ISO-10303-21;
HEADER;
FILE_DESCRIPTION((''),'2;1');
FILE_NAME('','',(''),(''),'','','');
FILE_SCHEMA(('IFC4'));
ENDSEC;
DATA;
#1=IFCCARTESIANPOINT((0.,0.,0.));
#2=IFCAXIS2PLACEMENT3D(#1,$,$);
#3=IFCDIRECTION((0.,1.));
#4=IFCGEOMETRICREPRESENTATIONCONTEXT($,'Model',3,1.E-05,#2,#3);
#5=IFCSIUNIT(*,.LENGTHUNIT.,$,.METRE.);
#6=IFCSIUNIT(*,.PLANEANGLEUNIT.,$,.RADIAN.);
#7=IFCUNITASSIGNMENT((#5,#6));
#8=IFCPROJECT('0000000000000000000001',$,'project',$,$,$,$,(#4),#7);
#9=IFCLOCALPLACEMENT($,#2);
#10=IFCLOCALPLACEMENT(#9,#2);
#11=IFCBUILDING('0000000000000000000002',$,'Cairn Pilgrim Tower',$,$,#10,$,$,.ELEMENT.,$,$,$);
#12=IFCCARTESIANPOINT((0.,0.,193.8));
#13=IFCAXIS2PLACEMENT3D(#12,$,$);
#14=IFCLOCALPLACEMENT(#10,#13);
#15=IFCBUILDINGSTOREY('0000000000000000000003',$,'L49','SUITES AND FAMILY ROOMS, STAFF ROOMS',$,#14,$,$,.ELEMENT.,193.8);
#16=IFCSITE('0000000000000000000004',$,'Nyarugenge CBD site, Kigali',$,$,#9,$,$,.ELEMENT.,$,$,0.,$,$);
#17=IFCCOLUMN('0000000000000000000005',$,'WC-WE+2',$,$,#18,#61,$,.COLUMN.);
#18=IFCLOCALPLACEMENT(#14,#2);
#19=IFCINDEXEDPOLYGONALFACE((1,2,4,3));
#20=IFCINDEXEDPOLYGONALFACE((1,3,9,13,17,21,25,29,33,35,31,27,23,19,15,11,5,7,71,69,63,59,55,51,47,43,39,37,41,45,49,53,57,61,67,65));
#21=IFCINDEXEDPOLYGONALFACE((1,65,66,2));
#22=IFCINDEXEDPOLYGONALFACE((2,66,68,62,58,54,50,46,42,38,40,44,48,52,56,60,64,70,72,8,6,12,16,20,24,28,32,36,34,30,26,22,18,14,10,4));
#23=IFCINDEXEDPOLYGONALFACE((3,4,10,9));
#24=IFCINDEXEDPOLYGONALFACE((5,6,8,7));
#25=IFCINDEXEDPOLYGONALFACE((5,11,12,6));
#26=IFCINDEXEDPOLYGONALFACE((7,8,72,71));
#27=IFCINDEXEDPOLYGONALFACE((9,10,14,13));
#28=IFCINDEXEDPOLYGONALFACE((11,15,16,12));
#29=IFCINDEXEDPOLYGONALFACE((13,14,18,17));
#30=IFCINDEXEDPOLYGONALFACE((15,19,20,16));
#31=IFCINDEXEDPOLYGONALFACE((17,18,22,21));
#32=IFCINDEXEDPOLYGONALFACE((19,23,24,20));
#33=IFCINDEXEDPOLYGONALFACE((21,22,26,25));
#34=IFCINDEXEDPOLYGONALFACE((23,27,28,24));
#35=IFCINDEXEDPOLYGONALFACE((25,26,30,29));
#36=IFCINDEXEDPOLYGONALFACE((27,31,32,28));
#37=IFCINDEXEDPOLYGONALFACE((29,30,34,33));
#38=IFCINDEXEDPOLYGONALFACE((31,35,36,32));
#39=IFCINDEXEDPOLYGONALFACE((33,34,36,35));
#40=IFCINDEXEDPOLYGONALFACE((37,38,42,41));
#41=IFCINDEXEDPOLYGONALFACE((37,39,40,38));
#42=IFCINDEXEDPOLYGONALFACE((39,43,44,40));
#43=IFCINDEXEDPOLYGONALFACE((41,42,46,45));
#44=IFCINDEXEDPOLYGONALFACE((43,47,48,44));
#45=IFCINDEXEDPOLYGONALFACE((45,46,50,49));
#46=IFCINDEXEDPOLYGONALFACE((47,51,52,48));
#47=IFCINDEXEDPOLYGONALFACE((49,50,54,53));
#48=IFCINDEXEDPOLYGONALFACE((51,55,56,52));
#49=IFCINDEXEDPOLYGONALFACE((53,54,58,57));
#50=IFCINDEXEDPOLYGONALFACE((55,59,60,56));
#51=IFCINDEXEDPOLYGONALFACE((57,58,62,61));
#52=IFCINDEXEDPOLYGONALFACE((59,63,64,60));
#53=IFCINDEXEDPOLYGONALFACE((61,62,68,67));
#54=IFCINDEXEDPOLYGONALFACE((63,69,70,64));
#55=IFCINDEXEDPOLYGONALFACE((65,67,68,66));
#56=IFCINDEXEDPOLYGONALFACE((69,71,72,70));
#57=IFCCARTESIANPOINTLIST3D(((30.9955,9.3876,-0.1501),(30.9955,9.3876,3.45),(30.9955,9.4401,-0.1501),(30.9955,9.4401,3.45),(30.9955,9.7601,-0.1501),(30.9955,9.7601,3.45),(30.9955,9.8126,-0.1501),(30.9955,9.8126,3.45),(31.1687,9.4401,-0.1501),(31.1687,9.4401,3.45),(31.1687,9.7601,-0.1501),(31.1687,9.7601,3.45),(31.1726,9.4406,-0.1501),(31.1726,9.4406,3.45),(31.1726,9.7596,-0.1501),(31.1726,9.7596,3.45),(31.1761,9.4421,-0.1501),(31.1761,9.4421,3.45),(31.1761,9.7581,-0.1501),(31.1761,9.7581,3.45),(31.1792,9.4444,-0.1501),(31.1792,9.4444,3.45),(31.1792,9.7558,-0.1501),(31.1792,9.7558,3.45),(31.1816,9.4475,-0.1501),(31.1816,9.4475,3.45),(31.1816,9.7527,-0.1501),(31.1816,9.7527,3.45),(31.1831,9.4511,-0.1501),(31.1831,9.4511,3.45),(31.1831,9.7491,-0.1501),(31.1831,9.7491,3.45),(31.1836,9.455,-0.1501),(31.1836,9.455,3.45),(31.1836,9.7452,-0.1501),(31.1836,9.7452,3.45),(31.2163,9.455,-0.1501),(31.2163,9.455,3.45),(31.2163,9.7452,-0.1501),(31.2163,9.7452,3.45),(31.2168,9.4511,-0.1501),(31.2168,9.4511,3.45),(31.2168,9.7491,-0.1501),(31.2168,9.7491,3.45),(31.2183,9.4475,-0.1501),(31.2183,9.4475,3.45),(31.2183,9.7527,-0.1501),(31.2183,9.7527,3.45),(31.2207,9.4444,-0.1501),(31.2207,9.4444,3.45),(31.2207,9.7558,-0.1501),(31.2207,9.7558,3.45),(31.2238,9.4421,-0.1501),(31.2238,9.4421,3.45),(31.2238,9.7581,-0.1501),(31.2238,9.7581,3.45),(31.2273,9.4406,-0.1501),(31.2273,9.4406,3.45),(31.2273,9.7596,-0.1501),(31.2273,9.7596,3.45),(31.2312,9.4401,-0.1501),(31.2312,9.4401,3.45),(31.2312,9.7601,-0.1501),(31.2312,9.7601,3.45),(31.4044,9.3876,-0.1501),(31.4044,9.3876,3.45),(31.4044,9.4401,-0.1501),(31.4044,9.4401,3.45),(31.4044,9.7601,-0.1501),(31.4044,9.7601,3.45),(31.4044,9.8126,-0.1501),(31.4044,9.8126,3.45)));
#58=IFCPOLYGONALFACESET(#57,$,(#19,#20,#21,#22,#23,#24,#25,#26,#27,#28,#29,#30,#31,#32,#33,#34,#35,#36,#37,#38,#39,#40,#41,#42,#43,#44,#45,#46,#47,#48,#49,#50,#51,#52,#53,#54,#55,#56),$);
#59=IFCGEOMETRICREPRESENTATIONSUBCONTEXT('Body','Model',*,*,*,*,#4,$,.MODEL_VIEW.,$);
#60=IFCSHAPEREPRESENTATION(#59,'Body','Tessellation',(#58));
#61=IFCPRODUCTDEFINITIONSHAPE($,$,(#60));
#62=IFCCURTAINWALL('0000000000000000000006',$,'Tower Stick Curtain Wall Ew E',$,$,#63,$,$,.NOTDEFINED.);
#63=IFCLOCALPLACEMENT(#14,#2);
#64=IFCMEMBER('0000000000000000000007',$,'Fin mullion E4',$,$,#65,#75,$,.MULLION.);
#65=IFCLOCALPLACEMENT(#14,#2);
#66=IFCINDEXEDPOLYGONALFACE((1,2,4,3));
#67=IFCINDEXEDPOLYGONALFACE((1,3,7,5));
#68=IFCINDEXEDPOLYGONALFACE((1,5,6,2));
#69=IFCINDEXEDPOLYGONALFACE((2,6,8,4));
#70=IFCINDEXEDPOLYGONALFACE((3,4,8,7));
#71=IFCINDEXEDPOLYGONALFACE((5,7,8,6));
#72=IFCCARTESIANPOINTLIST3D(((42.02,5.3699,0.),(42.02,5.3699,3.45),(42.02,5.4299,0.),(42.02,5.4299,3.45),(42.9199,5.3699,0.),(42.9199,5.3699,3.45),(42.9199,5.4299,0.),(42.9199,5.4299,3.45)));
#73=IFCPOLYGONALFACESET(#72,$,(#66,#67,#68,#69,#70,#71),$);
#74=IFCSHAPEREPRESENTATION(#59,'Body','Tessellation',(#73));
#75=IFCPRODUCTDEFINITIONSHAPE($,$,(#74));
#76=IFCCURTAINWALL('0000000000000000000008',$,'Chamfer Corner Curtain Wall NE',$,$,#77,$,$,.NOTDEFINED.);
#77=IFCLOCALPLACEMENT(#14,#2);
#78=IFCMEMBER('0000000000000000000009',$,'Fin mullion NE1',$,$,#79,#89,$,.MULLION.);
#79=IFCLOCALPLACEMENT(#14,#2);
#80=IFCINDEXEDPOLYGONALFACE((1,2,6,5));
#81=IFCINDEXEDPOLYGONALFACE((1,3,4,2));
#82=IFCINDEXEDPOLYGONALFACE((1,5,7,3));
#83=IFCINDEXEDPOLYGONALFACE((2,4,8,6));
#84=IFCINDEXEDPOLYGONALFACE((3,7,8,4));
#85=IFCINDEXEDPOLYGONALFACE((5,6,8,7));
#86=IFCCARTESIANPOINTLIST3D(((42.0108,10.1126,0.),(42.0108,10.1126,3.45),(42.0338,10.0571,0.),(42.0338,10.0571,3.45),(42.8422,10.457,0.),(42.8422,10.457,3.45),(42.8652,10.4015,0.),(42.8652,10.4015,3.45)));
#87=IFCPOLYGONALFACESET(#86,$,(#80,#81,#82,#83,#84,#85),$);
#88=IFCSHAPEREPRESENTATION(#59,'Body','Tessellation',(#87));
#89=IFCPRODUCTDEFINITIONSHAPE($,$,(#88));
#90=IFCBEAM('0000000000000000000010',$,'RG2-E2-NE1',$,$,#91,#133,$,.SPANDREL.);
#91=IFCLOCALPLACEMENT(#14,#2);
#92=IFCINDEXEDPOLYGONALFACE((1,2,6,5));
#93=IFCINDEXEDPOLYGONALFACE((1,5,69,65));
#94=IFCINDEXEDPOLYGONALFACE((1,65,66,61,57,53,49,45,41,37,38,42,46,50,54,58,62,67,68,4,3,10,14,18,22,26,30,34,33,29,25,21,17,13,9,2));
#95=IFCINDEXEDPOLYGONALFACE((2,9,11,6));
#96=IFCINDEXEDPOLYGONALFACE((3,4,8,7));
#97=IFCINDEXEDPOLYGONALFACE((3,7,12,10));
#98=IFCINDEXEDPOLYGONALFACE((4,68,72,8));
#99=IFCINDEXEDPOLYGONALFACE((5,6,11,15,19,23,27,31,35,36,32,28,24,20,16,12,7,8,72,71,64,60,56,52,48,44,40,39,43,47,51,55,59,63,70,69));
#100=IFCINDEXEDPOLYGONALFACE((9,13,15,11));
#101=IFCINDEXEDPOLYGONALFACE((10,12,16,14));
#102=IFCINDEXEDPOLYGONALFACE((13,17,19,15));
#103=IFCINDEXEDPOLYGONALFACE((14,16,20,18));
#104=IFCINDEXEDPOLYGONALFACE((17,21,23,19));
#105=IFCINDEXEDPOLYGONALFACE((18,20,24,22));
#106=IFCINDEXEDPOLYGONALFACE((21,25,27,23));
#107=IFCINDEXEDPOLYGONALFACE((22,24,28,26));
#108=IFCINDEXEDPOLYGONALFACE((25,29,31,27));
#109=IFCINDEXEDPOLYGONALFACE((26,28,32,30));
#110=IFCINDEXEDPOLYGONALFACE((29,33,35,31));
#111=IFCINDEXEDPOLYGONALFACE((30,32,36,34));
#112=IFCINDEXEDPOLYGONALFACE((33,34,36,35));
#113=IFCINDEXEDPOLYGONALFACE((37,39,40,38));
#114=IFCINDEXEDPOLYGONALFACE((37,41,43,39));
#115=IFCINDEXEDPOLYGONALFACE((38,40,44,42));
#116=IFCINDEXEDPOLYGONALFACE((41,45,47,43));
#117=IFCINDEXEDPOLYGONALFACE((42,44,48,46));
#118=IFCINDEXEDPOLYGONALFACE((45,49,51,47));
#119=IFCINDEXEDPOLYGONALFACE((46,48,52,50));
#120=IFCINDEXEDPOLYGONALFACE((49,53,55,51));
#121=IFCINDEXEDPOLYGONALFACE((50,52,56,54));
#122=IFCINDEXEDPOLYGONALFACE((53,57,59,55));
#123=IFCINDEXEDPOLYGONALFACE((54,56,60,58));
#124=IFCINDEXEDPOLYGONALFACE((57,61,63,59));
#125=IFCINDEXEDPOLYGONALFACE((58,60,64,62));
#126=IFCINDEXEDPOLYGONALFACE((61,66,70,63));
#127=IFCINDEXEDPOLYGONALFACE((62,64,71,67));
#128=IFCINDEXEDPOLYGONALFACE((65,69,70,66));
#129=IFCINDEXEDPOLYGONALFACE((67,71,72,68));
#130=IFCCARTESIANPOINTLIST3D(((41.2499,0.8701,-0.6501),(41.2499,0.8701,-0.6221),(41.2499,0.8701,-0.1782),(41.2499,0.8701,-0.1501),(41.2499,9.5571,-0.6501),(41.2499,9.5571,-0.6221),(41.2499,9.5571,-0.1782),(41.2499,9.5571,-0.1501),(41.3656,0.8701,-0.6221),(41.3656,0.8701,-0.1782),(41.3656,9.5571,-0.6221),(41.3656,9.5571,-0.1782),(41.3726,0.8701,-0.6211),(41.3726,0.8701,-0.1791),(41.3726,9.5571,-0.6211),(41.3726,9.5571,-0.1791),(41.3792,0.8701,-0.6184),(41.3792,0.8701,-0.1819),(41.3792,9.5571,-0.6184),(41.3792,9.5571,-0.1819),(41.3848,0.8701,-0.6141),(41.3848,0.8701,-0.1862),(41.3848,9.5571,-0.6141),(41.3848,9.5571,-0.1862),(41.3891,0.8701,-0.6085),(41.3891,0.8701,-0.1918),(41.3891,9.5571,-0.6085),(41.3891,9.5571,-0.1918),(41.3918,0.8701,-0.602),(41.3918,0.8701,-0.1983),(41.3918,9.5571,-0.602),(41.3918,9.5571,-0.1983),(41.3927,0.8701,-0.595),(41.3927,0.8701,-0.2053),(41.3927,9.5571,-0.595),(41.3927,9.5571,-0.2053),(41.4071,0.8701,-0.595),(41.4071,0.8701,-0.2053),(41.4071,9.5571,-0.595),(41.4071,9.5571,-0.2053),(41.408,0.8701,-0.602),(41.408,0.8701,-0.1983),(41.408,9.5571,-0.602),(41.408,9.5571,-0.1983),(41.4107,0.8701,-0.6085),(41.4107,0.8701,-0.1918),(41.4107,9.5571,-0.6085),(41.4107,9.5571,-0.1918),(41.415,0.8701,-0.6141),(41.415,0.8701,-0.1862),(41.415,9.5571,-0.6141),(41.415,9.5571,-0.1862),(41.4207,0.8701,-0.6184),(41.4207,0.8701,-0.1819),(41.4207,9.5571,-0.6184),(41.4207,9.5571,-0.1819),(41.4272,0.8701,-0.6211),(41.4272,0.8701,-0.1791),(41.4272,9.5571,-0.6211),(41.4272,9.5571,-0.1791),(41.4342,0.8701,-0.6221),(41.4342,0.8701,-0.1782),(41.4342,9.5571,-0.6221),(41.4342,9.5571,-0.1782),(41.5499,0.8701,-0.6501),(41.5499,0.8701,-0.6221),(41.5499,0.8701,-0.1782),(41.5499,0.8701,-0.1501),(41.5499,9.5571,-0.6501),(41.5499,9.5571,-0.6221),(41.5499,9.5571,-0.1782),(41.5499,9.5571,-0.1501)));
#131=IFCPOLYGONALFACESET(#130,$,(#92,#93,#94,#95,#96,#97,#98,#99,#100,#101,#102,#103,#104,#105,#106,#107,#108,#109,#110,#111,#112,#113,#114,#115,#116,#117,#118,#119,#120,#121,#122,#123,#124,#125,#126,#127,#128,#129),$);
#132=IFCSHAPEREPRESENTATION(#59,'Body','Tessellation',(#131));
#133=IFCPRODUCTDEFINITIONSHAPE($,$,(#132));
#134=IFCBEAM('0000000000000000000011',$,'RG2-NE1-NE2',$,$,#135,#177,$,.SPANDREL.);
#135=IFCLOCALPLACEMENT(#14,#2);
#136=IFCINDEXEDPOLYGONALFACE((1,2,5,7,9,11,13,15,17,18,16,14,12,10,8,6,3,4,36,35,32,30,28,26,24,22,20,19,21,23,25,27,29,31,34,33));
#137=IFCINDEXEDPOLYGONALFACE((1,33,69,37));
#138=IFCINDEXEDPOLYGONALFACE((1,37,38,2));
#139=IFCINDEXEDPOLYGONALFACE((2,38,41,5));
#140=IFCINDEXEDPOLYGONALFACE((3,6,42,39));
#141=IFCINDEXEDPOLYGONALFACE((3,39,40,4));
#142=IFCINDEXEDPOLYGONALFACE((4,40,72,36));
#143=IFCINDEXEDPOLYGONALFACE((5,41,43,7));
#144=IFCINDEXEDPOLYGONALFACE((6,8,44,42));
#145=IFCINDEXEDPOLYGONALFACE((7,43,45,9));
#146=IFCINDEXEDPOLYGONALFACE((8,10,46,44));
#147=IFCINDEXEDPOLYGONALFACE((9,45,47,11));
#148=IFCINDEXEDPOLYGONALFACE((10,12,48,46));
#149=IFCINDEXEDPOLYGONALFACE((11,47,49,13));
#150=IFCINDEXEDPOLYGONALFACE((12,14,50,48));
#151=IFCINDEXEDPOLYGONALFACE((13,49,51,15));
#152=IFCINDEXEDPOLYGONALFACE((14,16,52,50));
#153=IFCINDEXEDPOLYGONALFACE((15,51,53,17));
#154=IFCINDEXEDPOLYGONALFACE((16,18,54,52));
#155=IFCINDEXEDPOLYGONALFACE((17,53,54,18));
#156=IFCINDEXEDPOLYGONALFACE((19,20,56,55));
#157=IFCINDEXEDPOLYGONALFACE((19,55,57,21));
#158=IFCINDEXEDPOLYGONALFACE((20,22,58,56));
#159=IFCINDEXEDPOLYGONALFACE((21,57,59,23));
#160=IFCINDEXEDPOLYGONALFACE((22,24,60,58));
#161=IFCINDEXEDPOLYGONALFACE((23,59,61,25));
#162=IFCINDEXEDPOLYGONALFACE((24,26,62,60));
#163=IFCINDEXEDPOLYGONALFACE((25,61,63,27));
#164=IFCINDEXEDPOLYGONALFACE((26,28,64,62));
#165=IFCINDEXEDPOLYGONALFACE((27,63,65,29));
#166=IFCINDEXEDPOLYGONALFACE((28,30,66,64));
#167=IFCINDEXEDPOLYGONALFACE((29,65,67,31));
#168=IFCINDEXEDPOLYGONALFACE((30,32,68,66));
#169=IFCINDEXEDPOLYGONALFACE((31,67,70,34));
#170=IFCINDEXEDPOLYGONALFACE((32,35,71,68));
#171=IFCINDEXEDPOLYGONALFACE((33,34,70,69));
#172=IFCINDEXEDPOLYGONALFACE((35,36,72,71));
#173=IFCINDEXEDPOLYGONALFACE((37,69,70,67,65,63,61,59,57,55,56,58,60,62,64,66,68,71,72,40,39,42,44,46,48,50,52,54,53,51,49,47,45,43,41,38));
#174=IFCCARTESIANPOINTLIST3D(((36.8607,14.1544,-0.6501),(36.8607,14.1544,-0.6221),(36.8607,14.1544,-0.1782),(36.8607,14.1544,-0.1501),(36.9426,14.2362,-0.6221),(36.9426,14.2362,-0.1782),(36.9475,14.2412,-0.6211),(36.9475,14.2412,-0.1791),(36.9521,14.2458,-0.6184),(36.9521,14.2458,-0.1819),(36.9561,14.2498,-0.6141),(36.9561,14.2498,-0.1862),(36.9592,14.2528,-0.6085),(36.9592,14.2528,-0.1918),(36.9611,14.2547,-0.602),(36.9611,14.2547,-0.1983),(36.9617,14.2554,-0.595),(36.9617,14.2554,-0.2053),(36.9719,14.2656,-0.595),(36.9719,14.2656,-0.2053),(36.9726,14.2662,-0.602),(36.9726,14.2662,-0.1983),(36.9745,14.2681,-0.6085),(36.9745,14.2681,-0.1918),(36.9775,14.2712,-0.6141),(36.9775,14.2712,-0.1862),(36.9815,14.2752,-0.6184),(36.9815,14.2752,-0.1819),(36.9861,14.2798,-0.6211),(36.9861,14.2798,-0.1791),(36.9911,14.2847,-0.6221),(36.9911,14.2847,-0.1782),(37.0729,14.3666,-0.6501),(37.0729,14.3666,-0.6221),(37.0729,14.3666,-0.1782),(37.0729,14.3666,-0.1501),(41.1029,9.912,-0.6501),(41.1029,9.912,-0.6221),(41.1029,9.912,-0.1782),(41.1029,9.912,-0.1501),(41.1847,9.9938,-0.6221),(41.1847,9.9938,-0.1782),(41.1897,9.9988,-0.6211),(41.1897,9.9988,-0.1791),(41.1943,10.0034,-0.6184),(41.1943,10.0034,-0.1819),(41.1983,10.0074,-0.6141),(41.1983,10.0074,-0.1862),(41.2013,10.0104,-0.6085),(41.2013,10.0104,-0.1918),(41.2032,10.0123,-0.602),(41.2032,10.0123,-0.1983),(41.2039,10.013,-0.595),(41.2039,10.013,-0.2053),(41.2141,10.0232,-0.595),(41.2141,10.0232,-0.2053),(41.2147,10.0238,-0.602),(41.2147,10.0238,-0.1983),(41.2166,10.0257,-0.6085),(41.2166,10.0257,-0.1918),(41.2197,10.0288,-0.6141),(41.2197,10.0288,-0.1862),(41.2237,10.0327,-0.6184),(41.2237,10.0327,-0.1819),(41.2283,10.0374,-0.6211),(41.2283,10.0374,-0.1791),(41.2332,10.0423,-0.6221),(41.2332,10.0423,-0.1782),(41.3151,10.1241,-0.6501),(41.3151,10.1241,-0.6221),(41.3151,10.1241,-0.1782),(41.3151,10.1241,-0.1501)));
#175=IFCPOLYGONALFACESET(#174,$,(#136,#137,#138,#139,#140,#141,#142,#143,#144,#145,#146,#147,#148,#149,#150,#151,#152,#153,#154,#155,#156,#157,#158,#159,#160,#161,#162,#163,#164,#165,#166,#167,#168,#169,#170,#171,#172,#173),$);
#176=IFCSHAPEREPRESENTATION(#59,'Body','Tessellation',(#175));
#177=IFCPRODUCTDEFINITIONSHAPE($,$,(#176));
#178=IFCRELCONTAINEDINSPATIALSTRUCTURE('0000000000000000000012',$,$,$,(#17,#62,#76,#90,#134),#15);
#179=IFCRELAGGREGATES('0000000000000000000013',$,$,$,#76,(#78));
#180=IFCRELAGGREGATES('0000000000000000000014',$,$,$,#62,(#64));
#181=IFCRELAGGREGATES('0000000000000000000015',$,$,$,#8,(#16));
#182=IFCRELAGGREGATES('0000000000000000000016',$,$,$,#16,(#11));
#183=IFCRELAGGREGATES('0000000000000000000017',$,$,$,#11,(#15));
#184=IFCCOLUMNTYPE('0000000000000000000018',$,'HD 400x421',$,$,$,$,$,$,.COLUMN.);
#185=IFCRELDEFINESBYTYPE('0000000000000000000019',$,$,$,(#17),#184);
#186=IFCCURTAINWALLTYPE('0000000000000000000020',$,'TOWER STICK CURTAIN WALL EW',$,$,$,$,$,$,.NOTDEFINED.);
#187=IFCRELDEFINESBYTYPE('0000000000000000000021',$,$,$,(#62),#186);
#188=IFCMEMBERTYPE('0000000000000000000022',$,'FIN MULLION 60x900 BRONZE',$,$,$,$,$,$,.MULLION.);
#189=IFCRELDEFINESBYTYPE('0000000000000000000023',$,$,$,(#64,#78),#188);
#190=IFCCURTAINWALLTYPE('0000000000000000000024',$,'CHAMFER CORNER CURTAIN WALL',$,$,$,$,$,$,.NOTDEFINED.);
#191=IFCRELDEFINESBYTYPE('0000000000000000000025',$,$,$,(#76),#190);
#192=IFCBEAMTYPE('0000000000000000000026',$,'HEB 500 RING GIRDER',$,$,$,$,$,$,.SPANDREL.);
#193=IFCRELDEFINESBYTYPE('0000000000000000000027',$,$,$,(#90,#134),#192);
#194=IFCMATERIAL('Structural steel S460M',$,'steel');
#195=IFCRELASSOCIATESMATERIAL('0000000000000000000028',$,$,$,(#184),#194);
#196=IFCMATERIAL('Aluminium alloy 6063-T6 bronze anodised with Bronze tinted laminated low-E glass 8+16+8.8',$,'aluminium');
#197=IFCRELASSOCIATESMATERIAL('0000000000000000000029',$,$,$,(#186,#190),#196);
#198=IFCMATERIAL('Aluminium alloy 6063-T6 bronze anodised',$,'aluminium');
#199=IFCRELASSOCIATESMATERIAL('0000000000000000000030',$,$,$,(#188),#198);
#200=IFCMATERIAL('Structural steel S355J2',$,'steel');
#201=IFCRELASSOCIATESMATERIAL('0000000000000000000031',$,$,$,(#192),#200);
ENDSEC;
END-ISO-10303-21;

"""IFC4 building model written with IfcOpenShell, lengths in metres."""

from ifc_helpers import new_model, si_unit, direction, frame, origin, origin_2d, place, context, subcontext, project, spatial, rectangle, i_section, extrude, material, material_profile, profile_set, type_object, element, aggregate, save


model = new_model("IFC4")

# Units and contexts
model_context = context("Model", 3, precision=1e-05, world=origin(), true_north=direction((0.0, 1.0)))
body_context = subcontext(model_context, "Body", "Model", "MODEL_VIEW")
ifc_project = project(units=[si_unit("LENGTHUNIT", "METRE"), si_unit("PLANEANGLEUNIT", "RADIAN")], contexts=[model_context])

# Site, building, storey
site_placement = place(None, origin())
site = spatial("IfcSite", under=ifc_project, at=site_placement, Name="Nyarugenge CBD site, Kigali", CompositionType="ELEMENT", RefElevation=0.0)
building_placement = place(site_placement, origin())
building = spatial("IfcBuilding", under=site, at=building_placement, Name="Cairn Pilgrim Tower", CompositionType="ELEMENT")
storey_placement = place(building_placement, frame((0.0, 0.0, 193.8)))
storey = spatial("IfcBuildingStorey", under=building, at=storey_placement, Name="L49", Description="SUITES AND FAMILY ROOMS, STAFF ROOMS", CompositionType="ELEMENT", Elevation=193.8)

# Column
ifc_material_1 = material(Name="Structural steel S460M", Category="steel")
ifc_material_profile_1 = material_profile(ifc_material_1, i_section(OverallWidth=0.4089, OverallDepth=0.425, WebThickness=0.0327, FlangeThickness=0.0525, FilletRadius=0.0149, at=origin_2d()), Name="HD 400x421")
ifc_profile_set_1 = profile_set([ifc_material_profile_1], Name="Structural steel S460M")
column_type_1 = type_object("IfcColumnType", Name="HD 400x421", PredefinedType="COLUMN", material=ifc_profile_set_1)
column_1_placement = place(storey_placement, frame((31.2, 9.6001, -0.1501), z_axis=(0.0, 0.0, 1.0), x_axis=(1.0, 0.0, 0.0)))
element("IfcColumn", 1, at=column_1_placement, inside=storey, type_object=column_type_1, Name="WC-WE+2", PredefinedType="COLUMN", context=body_context, shape_type="SweptSolid", body=[
    extrude(i_section(OverallWidth=0.4089, OverallDepth=0.425, WebThickness=0.0327, FlangeThickness=0.0525, FilletRadius=0.0149, at=origin_2d()), origin(), (0.0, 0.0, 1.0), 3.6001),
])

# Curtain walls, members
ifc_material_2 = material(Name="Aluminium alloy 6063-T6 bronze anodised with Bronze tinted laminated low-E glass 8+16+8.8", Category="aluminium")
curtain_wall_type_1 = type_object("IfcCurtainWallType", Name="TOWER STICK CURTAIN WALL EW", PredefinedType="NOTDEFINED", material=ifc_material_2)
curtain_wall_1_placement = place(storey_placement, origin())
curtain_wall_1 = element("IfcCurtainWall", 2, at=curtain_wall_1_placement, inside=storey, type_object=curtain_wall_type_1, Name="Tower Stick Curtain Wall Ew E", PredefinedType="NOTDEFINED")
ifc_material_3 = material(Name="Aluminium alloy 6063-T6 bronze anodised", Category="aluminium")
ifc_material_profile_2 = material_profile(ifc_material_3, rectangle(XDim=0.8999, YDim=0.0601, at=origin_2d()), Name="FIN MULLION 60x900 BRONZE")
ifc_profile_set_2 = profile_set([ifc_material_profile_2], Name="Aluminium alloy 6063-T6 bronze anodised")
member_type_1 = type_object("IfcMemberType", Name="FIN MULLION 60x900 BRONZE", PredefinedType="MULLION", material=ifc_profile_set_2)
member_1_placement = place(storey_placement, frame((42.47, 5.3999, 0.0), z_axis=(0.0, 0.0, 1.0), x_axis=(1.0, 0.0, 0.0)))
member_1 = element("IfcMember", 3, at=member_1_placement, type_object=member_type_1, Name="Fin mullion E4", PredefinedType="MULLION", context=body_context, shape_type="SweptSolid", body=[
    extrude(rectangle(XDim=0.8999, YDim=0.0601, at=origin_2d()), origin(), (0.0, 0.0, 1.0), 3.45),
])
curtain_wall_type_2 = type_object("IfcCurtainWallType", Name="CHAMFER CORNER CURTAIN WALL", PredefinedType="NOTDEFINED", material=ifc_material_2)
curtain_wall_2_placement = place(storey_placement, origin())
curtain_wall_2 = element("IfcCurtainWall", 4, at=curtain_wall_2_placement, inside=storey, type_object=curtain_wall_type_2, Name="Chamfer Corner Curtain Wall NE", PredefinedType="NOTDEFINED")
member_2_placement = place(storey_placement, frame((42.438, 10.2571, 0.0), z_axis=(0.0, 0.0, 1.0), x_axis=(0.92388, 0.382683, 0.0)))
member_2 = element("IfcMember", 5, at=member_2_placement, type_object=member_type_1, Name="Fin mullion NE1", PredefinedType="MULLION", context=body_context, shape_type="SweptSolid", body=[
    extrude(rectangle(XDim=0.8999, YDim=0.0601, at=origin_2d()), origin(), (0.0, 0.0, 1.0), 3.45),
])

# Beams
ifc_material_4 = material(Name="Structural steel S355J2", Category="steel")
ifc_material_profile_3 = material_profile(ifc_material_4, i_section(OverallWidth=0.3, OverallDepth=0.5, WebThickness=0.0144, FlangeThickness=0.0281, FilletRadius=0.0271, at=origin_2d()), Name="HEB 500")
ifc_profile_set_3 = profile_set([ifc_material_profile_3], Name="Structural steel S355J2")
beam_type_1 = type_object("IfcBeamType", Name="HEB 500 RING GIRDER", PredefinedType="SPANDREL", material=ifc_profile_set_3)
beam_1_placement = place(storey_placement, frame((41.3999, 0.8701, -0.4001), z_axis=(0.0, 1.0, 0.0), x_axis=(-1.0, 0.0, 0.0)))
element("IfcBeam", 6, at=beam_1_placement, inside=storey, type_object=beam_type_1, Name="RG2-E2-NE1", PredefinedType="SPANDREL", context=body_context, shape_type="SweptSolid", body=[
    extrude(i_section(OverallWidth=0.3, OverallDepth=0.5, WebThickness=0.0144, FlangeThickness=0.0281, FilletRadius=0.0271, at=origin_2d()), origin(), (0.0, 0.0, 1.0), 8.687),
])
beam_2_placement = place(storey_placement, frame((41.209, 10.0181, -0.4001), z_axis=(-0.707086, 0.707127, 0.0), x_axis=(-0.707127, -0.707086, 0.0)))
element("IfcBeam", 7, at=beam_2_placement, inside=storey, type_object=beam_type_1, Name="RG2-NE1-NE2", PredefinedType="SPANDREL", context=body_context, shape_type="SweptSolid", body=[
    extrude(i_section(OverallWidth=0.3, OverallDepth=0.5, WebThickness=0.0144, FlangeThickness=0.0281, FilletRadius=0.0271, at=origin_2d()), origin(), (0.0, 0.0, 1.0), 5.9995),
])

aggregate(curtain_wall_2, [member_2])
aggregate(curtain_wall_1, [member_1])

save(model, "model.ifc")
